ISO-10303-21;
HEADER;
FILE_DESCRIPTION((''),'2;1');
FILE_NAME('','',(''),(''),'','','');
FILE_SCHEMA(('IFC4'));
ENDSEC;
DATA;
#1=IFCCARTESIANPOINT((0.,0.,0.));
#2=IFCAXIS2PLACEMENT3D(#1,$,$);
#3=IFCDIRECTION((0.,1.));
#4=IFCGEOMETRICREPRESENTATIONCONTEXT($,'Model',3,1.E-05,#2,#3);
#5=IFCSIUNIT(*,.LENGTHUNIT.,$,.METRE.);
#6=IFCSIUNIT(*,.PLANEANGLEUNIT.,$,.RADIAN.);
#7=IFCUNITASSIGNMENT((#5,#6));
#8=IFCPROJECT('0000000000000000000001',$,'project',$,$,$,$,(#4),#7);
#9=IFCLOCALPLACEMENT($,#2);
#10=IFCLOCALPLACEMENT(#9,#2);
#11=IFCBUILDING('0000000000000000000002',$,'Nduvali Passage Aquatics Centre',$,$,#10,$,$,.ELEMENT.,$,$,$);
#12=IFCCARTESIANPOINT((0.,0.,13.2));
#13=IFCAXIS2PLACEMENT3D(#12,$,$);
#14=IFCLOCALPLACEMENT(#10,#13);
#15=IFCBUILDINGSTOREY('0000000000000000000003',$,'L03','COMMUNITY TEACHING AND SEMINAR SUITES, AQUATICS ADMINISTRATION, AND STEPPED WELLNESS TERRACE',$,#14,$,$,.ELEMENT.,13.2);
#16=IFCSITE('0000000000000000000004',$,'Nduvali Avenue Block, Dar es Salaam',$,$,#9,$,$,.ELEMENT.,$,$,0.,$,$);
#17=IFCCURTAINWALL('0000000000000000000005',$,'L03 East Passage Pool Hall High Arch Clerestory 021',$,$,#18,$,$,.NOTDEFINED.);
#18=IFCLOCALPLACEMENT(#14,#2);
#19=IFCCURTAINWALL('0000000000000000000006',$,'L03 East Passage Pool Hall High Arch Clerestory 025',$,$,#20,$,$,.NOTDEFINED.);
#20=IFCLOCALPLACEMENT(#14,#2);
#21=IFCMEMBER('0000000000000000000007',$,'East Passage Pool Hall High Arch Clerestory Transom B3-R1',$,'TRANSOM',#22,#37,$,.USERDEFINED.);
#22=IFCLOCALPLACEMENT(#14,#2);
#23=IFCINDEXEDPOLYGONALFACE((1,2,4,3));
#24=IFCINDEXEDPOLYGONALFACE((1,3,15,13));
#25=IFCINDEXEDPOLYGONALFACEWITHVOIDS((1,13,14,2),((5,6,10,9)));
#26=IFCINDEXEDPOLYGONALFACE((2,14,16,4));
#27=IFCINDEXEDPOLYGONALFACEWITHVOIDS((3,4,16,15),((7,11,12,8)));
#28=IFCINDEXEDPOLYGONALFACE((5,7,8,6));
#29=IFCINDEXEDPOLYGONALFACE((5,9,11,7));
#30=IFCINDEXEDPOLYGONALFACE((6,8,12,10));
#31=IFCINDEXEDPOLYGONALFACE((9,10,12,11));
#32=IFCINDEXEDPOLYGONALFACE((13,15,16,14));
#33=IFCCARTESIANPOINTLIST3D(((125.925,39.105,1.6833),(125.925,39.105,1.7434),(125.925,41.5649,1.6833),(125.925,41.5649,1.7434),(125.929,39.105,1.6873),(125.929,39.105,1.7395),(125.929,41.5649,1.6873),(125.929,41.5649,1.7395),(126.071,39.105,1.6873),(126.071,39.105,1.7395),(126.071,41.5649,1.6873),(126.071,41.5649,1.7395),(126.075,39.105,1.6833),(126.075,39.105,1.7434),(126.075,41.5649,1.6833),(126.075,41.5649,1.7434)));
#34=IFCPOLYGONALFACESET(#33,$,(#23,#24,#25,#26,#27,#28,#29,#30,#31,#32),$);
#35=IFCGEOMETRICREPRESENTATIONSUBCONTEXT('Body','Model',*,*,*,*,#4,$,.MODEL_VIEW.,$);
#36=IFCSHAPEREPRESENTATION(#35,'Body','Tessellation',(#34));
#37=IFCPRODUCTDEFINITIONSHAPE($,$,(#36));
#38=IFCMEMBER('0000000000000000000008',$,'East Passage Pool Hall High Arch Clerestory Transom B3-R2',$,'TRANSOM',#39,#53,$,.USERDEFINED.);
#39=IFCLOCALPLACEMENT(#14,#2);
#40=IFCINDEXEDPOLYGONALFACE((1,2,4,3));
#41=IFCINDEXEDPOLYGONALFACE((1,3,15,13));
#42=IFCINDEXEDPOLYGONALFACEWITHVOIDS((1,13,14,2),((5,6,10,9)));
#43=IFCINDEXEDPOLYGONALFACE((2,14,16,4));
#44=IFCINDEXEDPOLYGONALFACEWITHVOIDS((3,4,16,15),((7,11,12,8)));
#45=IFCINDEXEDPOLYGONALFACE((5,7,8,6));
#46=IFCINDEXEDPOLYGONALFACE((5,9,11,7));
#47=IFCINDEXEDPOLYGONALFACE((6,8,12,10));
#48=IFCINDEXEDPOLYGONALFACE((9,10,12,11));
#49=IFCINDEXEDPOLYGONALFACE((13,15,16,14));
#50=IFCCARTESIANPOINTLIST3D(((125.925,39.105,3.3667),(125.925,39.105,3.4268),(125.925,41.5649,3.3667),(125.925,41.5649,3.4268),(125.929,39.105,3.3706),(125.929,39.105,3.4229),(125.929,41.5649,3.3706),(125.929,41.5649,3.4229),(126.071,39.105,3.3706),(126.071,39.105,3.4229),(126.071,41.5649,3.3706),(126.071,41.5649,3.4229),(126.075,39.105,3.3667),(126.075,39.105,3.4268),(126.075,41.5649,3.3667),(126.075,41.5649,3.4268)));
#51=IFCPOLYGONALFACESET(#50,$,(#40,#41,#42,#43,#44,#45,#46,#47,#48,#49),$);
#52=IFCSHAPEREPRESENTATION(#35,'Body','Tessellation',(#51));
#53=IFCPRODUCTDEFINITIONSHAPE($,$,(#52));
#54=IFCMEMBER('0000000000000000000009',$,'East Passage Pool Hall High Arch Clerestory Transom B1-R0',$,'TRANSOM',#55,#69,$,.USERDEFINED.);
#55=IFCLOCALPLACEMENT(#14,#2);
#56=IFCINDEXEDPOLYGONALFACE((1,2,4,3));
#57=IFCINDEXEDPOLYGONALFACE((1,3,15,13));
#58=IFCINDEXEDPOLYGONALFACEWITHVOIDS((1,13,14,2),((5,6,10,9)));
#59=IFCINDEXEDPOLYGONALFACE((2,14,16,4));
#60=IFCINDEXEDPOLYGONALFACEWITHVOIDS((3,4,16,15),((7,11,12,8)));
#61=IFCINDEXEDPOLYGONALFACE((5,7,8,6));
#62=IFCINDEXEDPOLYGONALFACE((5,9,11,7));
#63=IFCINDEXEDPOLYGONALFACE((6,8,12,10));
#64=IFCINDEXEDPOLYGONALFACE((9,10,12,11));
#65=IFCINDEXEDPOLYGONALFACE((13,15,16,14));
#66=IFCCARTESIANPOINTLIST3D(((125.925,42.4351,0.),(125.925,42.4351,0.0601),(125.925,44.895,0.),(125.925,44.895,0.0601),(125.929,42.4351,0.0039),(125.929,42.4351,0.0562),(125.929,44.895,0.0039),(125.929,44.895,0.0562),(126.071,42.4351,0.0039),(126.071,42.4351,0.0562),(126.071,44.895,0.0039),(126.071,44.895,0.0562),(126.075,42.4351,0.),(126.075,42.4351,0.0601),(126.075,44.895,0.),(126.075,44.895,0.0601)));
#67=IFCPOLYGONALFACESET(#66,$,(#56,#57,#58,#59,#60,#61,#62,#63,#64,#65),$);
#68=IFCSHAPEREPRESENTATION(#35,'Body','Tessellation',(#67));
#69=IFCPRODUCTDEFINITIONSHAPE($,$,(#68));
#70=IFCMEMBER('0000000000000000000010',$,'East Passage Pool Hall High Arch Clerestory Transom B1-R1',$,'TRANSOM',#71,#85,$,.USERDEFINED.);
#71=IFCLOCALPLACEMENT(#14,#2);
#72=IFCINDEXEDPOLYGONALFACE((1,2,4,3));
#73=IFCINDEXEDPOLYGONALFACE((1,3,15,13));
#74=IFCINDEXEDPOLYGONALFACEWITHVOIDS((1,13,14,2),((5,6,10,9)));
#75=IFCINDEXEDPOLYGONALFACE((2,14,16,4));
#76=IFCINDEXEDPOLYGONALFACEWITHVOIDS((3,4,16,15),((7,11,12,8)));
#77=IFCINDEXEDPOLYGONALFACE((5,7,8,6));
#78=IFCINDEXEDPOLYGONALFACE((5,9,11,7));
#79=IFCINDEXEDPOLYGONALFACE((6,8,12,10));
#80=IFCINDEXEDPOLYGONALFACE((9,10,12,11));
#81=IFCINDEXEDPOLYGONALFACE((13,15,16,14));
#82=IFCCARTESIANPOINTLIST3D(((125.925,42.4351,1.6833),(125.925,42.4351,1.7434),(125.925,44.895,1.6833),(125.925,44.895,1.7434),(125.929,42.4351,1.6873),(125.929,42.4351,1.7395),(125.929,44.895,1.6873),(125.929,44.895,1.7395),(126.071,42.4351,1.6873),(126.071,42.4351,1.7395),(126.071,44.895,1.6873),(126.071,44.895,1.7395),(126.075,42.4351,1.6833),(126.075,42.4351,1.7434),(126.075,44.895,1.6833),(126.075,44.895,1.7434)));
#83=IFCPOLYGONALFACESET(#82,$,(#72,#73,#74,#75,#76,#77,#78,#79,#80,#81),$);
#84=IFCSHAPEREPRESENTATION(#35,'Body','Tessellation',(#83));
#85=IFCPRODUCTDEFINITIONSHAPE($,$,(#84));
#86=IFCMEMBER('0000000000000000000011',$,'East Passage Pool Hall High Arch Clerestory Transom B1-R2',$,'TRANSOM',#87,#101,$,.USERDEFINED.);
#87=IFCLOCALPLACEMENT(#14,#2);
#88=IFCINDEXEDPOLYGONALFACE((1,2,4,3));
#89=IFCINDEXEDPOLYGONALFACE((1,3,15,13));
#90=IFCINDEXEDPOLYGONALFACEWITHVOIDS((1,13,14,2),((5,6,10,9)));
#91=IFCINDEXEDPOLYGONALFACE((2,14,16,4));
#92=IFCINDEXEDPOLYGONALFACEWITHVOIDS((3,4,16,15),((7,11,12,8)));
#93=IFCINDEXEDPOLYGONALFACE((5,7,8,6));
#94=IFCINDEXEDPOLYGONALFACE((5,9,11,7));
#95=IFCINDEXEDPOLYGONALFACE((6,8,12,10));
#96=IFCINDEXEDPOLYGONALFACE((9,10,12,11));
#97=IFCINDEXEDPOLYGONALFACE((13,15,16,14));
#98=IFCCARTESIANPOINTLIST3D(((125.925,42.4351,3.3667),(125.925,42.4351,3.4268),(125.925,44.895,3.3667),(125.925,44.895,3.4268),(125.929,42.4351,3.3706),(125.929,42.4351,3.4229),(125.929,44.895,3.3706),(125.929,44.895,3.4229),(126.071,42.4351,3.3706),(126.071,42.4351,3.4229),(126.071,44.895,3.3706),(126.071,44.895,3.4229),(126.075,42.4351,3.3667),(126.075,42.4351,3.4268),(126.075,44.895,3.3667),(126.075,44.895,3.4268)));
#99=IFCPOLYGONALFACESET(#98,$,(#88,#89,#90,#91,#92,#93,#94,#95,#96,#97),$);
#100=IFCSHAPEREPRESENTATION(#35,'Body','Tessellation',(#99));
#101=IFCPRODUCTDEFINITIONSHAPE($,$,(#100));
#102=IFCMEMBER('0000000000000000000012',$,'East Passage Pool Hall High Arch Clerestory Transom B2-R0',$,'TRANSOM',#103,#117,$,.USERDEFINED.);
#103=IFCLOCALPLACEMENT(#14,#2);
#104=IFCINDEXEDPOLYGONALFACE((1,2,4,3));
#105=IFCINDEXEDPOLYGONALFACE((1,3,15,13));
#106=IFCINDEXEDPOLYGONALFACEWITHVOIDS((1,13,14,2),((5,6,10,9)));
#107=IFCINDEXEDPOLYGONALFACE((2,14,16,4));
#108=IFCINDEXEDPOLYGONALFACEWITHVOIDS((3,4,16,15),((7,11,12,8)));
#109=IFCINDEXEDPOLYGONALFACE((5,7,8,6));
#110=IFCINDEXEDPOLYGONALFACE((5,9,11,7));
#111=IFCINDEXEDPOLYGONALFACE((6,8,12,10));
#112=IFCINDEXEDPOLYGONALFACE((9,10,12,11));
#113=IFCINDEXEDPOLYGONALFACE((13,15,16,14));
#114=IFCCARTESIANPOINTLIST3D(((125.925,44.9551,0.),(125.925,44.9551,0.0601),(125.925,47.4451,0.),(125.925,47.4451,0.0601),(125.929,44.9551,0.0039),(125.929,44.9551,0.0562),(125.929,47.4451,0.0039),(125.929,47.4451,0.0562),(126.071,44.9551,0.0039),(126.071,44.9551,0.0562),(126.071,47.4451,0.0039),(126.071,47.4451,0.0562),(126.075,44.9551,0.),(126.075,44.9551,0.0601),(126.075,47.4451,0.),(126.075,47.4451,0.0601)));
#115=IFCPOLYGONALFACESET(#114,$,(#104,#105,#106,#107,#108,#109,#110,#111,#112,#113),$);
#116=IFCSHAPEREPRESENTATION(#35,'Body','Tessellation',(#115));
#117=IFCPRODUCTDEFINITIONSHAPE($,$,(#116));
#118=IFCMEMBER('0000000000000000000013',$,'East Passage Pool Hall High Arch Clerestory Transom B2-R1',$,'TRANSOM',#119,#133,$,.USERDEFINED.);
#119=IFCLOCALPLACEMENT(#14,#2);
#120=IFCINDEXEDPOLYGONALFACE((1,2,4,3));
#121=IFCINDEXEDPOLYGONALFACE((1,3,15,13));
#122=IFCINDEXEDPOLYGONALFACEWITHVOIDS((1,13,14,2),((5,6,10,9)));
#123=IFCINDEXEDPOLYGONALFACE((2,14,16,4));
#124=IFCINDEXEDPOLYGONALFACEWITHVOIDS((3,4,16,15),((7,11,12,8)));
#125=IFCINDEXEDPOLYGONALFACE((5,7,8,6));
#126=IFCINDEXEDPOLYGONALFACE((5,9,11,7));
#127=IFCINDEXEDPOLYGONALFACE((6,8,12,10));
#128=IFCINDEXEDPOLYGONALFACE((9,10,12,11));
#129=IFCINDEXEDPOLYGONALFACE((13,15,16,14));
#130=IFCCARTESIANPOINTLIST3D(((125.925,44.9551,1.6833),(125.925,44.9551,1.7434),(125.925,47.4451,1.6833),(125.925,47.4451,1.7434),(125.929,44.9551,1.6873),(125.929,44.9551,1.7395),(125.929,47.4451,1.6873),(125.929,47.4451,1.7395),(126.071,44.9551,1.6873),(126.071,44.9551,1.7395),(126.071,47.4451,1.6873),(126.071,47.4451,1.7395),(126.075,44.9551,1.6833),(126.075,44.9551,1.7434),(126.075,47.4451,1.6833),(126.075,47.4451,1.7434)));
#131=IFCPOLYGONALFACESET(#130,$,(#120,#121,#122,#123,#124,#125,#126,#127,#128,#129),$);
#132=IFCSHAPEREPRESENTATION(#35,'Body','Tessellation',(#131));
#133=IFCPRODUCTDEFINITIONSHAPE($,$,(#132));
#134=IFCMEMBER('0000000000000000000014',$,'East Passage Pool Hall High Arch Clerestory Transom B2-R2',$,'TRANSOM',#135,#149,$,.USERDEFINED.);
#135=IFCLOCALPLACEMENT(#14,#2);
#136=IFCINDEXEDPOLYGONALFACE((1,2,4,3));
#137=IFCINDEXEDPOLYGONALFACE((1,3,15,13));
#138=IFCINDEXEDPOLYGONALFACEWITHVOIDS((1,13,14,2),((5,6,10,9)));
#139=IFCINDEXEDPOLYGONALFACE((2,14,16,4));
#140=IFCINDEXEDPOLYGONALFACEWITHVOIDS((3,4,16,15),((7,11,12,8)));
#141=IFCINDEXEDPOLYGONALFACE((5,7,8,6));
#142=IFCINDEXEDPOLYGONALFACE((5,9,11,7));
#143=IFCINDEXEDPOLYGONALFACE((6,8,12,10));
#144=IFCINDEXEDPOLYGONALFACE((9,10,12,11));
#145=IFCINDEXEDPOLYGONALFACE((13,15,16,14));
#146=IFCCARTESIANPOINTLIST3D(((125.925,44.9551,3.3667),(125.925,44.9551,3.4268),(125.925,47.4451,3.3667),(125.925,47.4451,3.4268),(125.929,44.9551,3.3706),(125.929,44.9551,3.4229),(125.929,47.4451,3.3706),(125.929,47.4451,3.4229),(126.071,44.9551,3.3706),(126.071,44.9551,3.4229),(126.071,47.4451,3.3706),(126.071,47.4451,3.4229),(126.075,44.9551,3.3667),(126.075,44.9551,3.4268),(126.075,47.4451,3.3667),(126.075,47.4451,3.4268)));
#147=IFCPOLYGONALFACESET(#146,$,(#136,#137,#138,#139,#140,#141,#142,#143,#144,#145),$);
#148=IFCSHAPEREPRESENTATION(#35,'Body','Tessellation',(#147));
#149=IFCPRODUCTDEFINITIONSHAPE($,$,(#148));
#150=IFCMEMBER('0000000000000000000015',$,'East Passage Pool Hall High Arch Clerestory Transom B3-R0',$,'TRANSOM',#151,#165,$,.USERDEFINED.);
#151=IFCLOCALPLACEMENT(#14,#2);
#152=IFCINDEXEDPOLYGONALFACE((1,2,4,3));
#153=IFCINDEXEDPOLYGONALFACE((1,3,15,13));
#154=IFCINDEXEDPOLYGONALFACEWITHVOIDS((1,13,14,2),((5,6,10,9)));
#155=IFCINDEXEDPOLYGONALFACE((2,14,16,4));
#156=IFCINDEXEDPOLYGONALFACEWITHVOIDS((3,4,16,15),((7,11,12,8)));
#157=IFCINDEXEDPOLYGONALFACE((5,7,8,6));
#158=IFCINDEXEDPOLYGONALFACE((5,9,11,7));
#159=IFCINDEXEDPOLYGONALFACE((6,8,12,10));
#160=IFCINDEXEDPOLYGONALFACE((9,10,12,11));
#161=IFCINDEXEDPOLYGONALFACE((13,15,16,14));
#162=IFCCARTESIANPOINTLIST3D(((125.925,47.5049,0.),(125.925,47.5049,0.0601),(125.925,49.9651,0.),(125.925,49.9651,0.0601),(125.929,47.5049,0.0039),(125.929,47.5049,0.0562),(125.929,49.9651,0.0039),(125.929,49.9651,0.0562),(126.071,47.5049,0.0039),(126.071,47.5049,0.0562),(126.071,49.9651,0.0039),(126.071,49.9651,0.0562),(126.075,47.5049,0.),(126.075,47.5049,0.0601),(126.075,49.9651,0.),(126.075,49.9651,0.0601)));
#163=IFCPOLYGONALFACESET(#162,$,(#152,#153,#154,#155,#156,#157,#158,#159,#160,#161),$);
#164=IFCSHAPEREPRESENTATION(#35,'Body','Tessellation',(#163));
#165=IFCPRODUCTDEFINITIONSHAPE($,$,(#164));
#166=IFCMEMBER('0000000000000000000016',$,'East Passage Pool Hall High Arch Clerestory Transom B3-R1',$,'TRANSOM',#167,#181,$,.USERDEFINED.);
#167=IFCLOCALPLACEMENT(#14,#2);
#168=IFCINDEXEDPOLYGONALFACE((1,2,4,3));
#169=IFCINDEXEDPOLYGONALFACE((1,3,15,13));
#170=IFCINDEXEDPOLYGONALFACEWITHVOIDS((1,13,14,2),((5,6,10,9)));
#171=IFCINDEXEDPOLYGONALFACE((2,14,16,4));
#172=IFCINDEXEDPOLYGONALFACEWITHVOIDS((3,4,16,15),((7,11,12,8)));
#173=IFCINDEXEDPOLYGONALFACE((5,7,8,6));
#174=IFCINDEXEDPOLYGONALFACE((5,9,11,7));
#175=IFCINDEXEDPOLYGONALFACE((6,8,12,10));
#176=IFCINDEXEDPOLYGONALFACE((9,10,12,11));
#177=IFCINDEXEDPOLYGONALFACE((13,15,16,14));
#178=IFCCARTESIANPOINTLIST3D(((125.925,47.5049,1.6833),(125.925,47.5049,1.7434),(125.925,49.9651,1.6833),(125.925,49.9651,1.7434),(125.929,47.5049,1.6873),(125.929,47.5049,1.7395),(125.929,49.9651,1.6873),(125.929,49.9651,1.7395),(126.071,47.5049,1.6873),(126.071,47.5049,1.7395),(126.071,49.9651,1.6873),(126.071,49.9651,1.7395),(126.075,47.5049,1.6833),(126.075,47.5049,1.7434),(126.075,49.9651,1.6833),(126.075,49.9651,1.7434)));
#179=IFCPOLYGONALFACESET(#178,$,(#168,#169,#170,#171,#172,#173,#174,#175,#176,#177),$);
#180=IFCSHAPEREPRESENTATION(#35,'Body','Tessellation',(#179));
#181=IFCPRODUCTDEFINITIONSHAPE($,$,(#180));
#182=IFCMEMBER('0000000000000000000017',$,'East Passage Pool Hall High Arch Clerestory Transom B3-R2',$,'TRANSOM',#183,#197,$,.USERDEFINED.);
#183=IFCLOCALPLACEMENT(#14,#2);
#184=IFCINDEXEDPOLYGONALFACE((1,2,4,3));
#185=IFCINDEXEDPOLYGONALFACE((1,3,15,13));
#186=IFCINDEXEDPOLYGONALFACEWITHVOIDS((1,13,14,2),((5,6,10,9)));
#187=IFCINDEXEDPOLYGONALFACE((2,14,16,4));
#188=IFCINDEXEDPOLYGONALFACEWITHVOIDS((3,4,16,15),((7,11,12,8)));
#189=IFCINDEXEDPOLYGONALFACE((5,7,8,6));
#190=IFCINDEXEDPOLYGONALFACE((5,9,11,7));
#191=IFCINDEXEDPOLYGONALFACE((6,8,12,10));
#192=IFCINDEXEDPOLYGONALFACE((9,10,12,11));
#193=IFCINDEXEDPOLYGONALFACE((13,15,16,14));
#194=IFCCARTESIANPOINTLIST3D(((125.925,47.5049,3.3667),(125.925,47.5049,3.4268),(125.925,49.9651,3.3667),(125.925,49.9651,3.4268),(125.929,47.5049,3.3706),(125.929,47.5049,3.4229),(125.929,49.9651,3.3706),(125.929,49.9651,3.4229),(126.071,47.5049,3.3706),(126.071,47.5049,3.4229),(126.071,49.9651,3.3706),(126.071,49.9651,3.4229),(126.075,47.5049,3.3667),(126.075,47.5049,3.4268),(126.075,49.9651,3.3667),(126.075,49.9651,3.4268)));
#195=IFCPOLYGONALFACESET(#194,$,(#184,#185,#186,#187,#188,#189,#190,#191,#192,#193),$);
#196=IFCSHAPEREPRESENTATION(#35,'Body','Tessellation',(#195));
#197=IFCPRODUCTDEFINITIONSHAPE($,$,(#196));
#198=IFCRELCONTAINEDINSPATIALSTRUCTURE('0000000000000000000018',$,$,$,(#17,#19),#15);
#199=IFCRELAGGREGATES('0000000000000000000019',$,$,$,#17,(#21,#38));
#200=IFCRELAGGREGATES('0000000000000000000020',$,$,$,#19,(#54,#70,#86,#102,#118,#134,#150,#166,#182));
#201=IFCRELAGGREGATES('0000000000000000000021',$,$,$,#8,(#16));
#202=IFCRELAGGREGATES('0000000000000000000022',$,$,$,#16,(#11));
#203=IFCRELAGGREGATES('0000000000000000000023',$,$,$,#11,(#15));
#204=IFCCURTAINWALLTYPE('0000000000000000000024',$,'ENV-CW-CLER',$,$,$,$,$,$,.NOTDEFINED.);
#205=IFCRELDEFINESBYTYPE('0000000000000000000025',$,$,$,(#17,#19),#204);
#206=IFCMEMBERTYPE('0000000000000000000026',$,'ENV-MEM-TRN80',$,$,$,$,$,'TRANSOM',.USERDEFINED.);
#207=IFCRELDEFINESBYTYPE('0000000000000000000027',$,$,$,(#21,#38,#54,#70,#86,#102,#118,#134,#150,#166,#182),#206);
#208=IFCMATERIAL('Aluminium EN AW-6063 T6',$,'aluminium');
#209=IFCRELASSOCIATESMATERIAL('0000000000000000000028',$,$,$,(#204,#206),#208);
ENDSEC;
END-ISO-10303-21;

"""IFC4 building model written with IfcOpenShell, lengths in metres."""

from ifc_helpers import new_model, si_unit, direction, frame, origin, origin_2d, place, context, subcontext, project, spatial, hollow_rectangle, extrude, material, material_profile, profile_set, type_object, element, aggregate, save


model = new_model("IFC4")

# Units and contexts
model_context = context("Model", 3, precision=1e-05, world=origin(), true_north=direction((0.0, 1.0)))
body_context = subcontext(model_context, "Body", "Model", "MODEL_VIEW")
ifc_project = project(units=[si_unit("LENGTHUNIT", "METRE"), si_unit("PLANEANGLEUNIT", "RADIAN")], contexts=[model_context])

# Site, building, storey
site_placement = place(None, origin())
site = spatial("IfcSite", under=ifc_project, at=site_placement, Name="Nduvali Avenue Block, Dar es Salaam", CompositionType="ELEMENT", RefElevation=0.0)
building_placement = place(site_placement, origin())
building = spatial("IfcBuilding", under=site, at=building_placement, Name="Nduvali Passage Aquatics Centre", CompositionType="ELEMENT")
storey_placement = place(building_placement, frame((0.0, 0.0, 13.2)))
storey = spatial("IfcBuildingStorey", under=building, at=storey_placement, Name="L03", Description="COMMUNITY TEACHING AND SEMINAR SUITES, AQUATICS ADMINISTRATION, AND STEPPED WELLNESS TERRACE", CompositionType="ELEMENT", Elevation=13.2)

# Curtain walls
ifc_material_1 = material(Name="Aluminium EN AW-6063 T6", Category="aluminium")
curtain_wall_type = type_object("IfcCurtainWallType", Name="ENV-CW-CLER", PredefinedType="NOTDEFINED", material=ifc_material_1)
curtain_wall_1_placement = place(storey_placement, origin())
curtain_wall_1 = element("IfcCurtainWall", 1, at=curtain_wall_1_placement, inside=storey, type_object=curtain_wall_type, Name="L03 East Passage Pool Hall High Arch Clerestory 021", PredefinedType="NOTDEFINED")
curtain_wall_2_placement = place(storey_placement, origin())
curtain_wall_2 = element("IfcCurtainWall", 2, at=curtain_wall_2_placement, inside=storey, type_object=curtain_wall_type, Name="L03 East Passage Pool Hall High Arch Clerestory 025", PredefinedType="NOTDEFINED")

# Members
ifc_material_profile_1 = material_profile(ifc_material_1, hollow_rectangle(XDim=0.1499, YDim=0.0601, WallThickness=0.0039, at=origin_2d()), Name="ALU TRANSOM 150x60x4")
ifc_profile_set_1 = profile_set([ifc_material_profile_1], Name="Aluminium EN AW-6063 T6")
member_type_1 = type_object("IfcMemberType", Name="ENV-MEM-TRN80", ElementType="TRANSOM", PredefinedType="USERDEFINED", material=ifc_profile_set_1)
member_1_placement = place(storey_placement, frame((126.0, 39.105, 1.7134), z_axis=(0.0, 1.0, 0.0), x_axis=(-1.0, 0.0, 0.0)))
member_1 = element("IfcMember", 3, at=member_1_placement, type_object=member_type_1, Name="East Passage Pool Hall High Arch Clerestory Transom B3-R1", ObjectType="TRANSOM", PredefinedType="USERDEFINED", context=body_context, shape_type="SweptSolid", body=[
    extrude(hollow_rectangle(XDim=0.1499, YDim=0.0601, WallThickness=0.0039, at=origin_2d()), origin(), (0.0, 0.0, 1.0), 2.46),
])
member_2_placement = place(storey_placement, frame((126.0, 39.105, 3.3967), z_axis=(0.0, 1.0, 0.0), x_axis=(-1.0, 0.0, 0.0)))
member_2 = element("IfcMember", 4, at=member_2_placement, type_object=member_type_1, Name="East Passage Pool Hall High Arch Clerestory Transom B3-R2", ObjectType="TRANSOM", PredefinedType="USERDEFINED", context=body_context, shape_type="SweptSolid", body=[
    extrude(hollow_rectangle(XDim=0.1499, YDim=0.0601, WallThickness=0.0039, at=origin_2d()), origin(), (0.0, 0.0, 1.0), 2.46),
])
member_3_placement = place(storey_placement, frame((126.0, 42.4351, 0.03), z_axis=(0.0, 1.0, 0.0), x_axis=(-1.0, 0.0, 0.0)))
member_3 = element("IfcMember", 5, at=member_3_placement, type_object=member_type_1, Name="East Passage Pool Hall High Arch Clerestory Transom B1-R0", ObjectType="TRANSOM", PredefinedType="USERDEFINED", context=body_context, shape_type="SweptSolid", body=[
    extrude(hollow_rectangle(XDim=0.1499, YDim=0.0601, WallThickness=0.0039, at=origin_2d()), origin(), (0.0, 0.0, 1.0), 2.46),
])
member_4_placement = place(storey_placement, frame((126.0, 42.4351, 1.7134), z_axis=(0.0, 1.0, 0.0), x_axis=(-1.0, 0.0, 0.0)))
member_4 = element("IfcMember", 6, at=member_4_placement, type_object=member_type_1, Name="East Passage Pool Hall High Arch Clerestory Transom B1-R1", ObjectType="TRANSOM", PredefinedType="USERDEFINED", context=body_context, shape_type="SweptSolid", body=[
    extrude(hollow_rectangle(XDim=0.1499, YDim=0.0601, WallThickness=0.0039, at=origin_2d()), origin(), (0.0, 0.0, 1.0), 2.46),
])
member_5_placement = place(storey_placement, frame((126.0, 42.4351, 3.3967), z_axis=(0.0, 1.0, 0.0), x_axis=(-1.0, 0.0, 0.0)))
member_5 = element("IfcMember", 7, at=member_5_placement, type_object=member_type_1, Name="East Passage Pool Hall High Arch Clerestory Transom B1-R2", ObjectType="TRANSOM", PredefinedType="USERDEFINED", context=body_context, shape_type="SweptSolid", body=[
    extrude(hollow_rectangle(XDim=0.1499, YDim=0.0601, WallThickness=0.0039, at=origin_2d()), origin(), (0.0, 0.0, 1.0), 2.46),
])
member_6_placement = place(storey_placement, frame((126.0, 44.9551, 0.03), z_axis=(0.0, 1.0, 0.0), x_axis=(-1.0, 0.0, 0.0)))
member_6 = element("IfcMember", 8, at=member_6_placement, type_object=member_type_1, Name="East Passage Pool Hall High Arch Clerestory Transom B2-R0", ObjectType="TRANSOM", PredefinedType="USERDEFINED", context=body_context, shape_type="SweptSolid", body=[
    extrude(hollow_rectangle(XDim=0.1499, YDim=0.0601, WallThickness=0.0039, at=origin_2d()), origin(), (0.0, 0.0, 1.0), 2.49),
])
member_7_placement = place(storey_placement, frame((126.0, 44.9551, 1.7134), z_axis=(0.0, 1.0, 0.0), x_axis=(-1.0, 0.0, 0.0)))
member_7 = element("IfcMember", 9, at=member_7_placement, type_object=member_type_1, Name="East Passage Pool Hall High Arch Clerestory Transom B2-R1", ObjectType="TRANSOM", PredefinedType="USERDEFINED", context=body_context, shape_type="SweptSolid", body=[
    extrude(hollow_rectangle(XDim=0.1499, YDim=0.0601, WallThickness=0.0039, at=origin_2d()), origin(), (0.0, 0.0, 1.0), 2.49),
])
member_8_placement = place(storey_placement, frame((126.0, 44.9551, 3.3967), z_axis=(0.0, 1.0, 0.0), x_axis=(-1.0, 0.0, 0.0)))
member_8 = element("IfcMember", 10, at=member_8_placement, type_object=member_type_1, Name="East Passage Pool Hall High Arch Clerestory Transom B2-R2", ObjectType="TRANSOM", PredefinedType="USERDEFINED", context=body_context, shape_type="SweptSolid", body=[
    extrude(hollow_rectangle(XDim=0.1499, YDim=0.0601, WallThickness=0.0039, at=origin_2d()), origin(), (0.0, 0.0, 1.0), 2.49),
])
member_9_placement = place(storey_placement, frame((126.0, 47.5049, 0.03), z_axis=(0.0, 1.0, 0.0), x_axis=(-1.0, 0.0, 0.0)))
member_9 = element("IfcMember", 11, at=member_9_placement, type_object=member_type_1, Name="East Passage Pool Hall High Arch Clerestory Transom B3-R0", ObjectType="TRANSOM", PredefinedType="USERDEFINED", context=body_context, shape_type="SweptSolid", body=[
    extrude(hollow_rectangle(XDim=0.1499, YDim=0.0601, WallThickness=0.0039, at=origin_2d()), origin(), (0.0, 0.0, 1.0), 2.4602),
])
member_10_placement = place(storey_placement, frame((126.0, 47.5049, 1.7134), z_axis=(0.0, 1.0, 0.0), x_axis=(-1.0, 0.0, 0.0)))
member_10 = element("IfcMember", 12, at=member_10_placement, type_object=member_type_1, Name="East Passage Pool Hall High Arch Clerestory Transom B3-R1", ObjectType="TRANSOM", PredefinedType="USERDEFINED", context=body_context, shape_type="SweptSolid", body=[
    extrude(hollow_rectangle(XDim=0.1499, YDim=0.0601, WallThickness=0.0039, at=origin_2d()), origin(), (0.0, 0.0, 1.0), 2.4602),
])
member_11_placement = place(storey_placement, frame((126.0, 47.5049, 3.3967), z_axis=(0.0, 1.0, 0.0), x_axis=(-1.0, 0.0, 0.0)))
member_11 = element("IfcMember", 13, at=member_11_placement, type_object=member_type_1, Name="East Passage Pool Hall High Arch Clerestory Transom B3-R2", ObjectType="TRANSOM", PredefinedType="USERDEFINED", context=body_context, shape_type="SweptSolid", body=[
    extrude(hollow_rectangle(XDim=0.1499, YDim=0.0601, WallThickness=0.0039, at=origin_2d()), origin(), (0.0, 0.0, 1.0), 2.4602),
])

aggregate(curtain_wall_1, [member_1, member_2])
aggregate(curtain_wall_2, [member_3, member_4, member_5, member_6, member_7, member_8, member_9, member_10, member_11])

save(model, "model.ifc")
